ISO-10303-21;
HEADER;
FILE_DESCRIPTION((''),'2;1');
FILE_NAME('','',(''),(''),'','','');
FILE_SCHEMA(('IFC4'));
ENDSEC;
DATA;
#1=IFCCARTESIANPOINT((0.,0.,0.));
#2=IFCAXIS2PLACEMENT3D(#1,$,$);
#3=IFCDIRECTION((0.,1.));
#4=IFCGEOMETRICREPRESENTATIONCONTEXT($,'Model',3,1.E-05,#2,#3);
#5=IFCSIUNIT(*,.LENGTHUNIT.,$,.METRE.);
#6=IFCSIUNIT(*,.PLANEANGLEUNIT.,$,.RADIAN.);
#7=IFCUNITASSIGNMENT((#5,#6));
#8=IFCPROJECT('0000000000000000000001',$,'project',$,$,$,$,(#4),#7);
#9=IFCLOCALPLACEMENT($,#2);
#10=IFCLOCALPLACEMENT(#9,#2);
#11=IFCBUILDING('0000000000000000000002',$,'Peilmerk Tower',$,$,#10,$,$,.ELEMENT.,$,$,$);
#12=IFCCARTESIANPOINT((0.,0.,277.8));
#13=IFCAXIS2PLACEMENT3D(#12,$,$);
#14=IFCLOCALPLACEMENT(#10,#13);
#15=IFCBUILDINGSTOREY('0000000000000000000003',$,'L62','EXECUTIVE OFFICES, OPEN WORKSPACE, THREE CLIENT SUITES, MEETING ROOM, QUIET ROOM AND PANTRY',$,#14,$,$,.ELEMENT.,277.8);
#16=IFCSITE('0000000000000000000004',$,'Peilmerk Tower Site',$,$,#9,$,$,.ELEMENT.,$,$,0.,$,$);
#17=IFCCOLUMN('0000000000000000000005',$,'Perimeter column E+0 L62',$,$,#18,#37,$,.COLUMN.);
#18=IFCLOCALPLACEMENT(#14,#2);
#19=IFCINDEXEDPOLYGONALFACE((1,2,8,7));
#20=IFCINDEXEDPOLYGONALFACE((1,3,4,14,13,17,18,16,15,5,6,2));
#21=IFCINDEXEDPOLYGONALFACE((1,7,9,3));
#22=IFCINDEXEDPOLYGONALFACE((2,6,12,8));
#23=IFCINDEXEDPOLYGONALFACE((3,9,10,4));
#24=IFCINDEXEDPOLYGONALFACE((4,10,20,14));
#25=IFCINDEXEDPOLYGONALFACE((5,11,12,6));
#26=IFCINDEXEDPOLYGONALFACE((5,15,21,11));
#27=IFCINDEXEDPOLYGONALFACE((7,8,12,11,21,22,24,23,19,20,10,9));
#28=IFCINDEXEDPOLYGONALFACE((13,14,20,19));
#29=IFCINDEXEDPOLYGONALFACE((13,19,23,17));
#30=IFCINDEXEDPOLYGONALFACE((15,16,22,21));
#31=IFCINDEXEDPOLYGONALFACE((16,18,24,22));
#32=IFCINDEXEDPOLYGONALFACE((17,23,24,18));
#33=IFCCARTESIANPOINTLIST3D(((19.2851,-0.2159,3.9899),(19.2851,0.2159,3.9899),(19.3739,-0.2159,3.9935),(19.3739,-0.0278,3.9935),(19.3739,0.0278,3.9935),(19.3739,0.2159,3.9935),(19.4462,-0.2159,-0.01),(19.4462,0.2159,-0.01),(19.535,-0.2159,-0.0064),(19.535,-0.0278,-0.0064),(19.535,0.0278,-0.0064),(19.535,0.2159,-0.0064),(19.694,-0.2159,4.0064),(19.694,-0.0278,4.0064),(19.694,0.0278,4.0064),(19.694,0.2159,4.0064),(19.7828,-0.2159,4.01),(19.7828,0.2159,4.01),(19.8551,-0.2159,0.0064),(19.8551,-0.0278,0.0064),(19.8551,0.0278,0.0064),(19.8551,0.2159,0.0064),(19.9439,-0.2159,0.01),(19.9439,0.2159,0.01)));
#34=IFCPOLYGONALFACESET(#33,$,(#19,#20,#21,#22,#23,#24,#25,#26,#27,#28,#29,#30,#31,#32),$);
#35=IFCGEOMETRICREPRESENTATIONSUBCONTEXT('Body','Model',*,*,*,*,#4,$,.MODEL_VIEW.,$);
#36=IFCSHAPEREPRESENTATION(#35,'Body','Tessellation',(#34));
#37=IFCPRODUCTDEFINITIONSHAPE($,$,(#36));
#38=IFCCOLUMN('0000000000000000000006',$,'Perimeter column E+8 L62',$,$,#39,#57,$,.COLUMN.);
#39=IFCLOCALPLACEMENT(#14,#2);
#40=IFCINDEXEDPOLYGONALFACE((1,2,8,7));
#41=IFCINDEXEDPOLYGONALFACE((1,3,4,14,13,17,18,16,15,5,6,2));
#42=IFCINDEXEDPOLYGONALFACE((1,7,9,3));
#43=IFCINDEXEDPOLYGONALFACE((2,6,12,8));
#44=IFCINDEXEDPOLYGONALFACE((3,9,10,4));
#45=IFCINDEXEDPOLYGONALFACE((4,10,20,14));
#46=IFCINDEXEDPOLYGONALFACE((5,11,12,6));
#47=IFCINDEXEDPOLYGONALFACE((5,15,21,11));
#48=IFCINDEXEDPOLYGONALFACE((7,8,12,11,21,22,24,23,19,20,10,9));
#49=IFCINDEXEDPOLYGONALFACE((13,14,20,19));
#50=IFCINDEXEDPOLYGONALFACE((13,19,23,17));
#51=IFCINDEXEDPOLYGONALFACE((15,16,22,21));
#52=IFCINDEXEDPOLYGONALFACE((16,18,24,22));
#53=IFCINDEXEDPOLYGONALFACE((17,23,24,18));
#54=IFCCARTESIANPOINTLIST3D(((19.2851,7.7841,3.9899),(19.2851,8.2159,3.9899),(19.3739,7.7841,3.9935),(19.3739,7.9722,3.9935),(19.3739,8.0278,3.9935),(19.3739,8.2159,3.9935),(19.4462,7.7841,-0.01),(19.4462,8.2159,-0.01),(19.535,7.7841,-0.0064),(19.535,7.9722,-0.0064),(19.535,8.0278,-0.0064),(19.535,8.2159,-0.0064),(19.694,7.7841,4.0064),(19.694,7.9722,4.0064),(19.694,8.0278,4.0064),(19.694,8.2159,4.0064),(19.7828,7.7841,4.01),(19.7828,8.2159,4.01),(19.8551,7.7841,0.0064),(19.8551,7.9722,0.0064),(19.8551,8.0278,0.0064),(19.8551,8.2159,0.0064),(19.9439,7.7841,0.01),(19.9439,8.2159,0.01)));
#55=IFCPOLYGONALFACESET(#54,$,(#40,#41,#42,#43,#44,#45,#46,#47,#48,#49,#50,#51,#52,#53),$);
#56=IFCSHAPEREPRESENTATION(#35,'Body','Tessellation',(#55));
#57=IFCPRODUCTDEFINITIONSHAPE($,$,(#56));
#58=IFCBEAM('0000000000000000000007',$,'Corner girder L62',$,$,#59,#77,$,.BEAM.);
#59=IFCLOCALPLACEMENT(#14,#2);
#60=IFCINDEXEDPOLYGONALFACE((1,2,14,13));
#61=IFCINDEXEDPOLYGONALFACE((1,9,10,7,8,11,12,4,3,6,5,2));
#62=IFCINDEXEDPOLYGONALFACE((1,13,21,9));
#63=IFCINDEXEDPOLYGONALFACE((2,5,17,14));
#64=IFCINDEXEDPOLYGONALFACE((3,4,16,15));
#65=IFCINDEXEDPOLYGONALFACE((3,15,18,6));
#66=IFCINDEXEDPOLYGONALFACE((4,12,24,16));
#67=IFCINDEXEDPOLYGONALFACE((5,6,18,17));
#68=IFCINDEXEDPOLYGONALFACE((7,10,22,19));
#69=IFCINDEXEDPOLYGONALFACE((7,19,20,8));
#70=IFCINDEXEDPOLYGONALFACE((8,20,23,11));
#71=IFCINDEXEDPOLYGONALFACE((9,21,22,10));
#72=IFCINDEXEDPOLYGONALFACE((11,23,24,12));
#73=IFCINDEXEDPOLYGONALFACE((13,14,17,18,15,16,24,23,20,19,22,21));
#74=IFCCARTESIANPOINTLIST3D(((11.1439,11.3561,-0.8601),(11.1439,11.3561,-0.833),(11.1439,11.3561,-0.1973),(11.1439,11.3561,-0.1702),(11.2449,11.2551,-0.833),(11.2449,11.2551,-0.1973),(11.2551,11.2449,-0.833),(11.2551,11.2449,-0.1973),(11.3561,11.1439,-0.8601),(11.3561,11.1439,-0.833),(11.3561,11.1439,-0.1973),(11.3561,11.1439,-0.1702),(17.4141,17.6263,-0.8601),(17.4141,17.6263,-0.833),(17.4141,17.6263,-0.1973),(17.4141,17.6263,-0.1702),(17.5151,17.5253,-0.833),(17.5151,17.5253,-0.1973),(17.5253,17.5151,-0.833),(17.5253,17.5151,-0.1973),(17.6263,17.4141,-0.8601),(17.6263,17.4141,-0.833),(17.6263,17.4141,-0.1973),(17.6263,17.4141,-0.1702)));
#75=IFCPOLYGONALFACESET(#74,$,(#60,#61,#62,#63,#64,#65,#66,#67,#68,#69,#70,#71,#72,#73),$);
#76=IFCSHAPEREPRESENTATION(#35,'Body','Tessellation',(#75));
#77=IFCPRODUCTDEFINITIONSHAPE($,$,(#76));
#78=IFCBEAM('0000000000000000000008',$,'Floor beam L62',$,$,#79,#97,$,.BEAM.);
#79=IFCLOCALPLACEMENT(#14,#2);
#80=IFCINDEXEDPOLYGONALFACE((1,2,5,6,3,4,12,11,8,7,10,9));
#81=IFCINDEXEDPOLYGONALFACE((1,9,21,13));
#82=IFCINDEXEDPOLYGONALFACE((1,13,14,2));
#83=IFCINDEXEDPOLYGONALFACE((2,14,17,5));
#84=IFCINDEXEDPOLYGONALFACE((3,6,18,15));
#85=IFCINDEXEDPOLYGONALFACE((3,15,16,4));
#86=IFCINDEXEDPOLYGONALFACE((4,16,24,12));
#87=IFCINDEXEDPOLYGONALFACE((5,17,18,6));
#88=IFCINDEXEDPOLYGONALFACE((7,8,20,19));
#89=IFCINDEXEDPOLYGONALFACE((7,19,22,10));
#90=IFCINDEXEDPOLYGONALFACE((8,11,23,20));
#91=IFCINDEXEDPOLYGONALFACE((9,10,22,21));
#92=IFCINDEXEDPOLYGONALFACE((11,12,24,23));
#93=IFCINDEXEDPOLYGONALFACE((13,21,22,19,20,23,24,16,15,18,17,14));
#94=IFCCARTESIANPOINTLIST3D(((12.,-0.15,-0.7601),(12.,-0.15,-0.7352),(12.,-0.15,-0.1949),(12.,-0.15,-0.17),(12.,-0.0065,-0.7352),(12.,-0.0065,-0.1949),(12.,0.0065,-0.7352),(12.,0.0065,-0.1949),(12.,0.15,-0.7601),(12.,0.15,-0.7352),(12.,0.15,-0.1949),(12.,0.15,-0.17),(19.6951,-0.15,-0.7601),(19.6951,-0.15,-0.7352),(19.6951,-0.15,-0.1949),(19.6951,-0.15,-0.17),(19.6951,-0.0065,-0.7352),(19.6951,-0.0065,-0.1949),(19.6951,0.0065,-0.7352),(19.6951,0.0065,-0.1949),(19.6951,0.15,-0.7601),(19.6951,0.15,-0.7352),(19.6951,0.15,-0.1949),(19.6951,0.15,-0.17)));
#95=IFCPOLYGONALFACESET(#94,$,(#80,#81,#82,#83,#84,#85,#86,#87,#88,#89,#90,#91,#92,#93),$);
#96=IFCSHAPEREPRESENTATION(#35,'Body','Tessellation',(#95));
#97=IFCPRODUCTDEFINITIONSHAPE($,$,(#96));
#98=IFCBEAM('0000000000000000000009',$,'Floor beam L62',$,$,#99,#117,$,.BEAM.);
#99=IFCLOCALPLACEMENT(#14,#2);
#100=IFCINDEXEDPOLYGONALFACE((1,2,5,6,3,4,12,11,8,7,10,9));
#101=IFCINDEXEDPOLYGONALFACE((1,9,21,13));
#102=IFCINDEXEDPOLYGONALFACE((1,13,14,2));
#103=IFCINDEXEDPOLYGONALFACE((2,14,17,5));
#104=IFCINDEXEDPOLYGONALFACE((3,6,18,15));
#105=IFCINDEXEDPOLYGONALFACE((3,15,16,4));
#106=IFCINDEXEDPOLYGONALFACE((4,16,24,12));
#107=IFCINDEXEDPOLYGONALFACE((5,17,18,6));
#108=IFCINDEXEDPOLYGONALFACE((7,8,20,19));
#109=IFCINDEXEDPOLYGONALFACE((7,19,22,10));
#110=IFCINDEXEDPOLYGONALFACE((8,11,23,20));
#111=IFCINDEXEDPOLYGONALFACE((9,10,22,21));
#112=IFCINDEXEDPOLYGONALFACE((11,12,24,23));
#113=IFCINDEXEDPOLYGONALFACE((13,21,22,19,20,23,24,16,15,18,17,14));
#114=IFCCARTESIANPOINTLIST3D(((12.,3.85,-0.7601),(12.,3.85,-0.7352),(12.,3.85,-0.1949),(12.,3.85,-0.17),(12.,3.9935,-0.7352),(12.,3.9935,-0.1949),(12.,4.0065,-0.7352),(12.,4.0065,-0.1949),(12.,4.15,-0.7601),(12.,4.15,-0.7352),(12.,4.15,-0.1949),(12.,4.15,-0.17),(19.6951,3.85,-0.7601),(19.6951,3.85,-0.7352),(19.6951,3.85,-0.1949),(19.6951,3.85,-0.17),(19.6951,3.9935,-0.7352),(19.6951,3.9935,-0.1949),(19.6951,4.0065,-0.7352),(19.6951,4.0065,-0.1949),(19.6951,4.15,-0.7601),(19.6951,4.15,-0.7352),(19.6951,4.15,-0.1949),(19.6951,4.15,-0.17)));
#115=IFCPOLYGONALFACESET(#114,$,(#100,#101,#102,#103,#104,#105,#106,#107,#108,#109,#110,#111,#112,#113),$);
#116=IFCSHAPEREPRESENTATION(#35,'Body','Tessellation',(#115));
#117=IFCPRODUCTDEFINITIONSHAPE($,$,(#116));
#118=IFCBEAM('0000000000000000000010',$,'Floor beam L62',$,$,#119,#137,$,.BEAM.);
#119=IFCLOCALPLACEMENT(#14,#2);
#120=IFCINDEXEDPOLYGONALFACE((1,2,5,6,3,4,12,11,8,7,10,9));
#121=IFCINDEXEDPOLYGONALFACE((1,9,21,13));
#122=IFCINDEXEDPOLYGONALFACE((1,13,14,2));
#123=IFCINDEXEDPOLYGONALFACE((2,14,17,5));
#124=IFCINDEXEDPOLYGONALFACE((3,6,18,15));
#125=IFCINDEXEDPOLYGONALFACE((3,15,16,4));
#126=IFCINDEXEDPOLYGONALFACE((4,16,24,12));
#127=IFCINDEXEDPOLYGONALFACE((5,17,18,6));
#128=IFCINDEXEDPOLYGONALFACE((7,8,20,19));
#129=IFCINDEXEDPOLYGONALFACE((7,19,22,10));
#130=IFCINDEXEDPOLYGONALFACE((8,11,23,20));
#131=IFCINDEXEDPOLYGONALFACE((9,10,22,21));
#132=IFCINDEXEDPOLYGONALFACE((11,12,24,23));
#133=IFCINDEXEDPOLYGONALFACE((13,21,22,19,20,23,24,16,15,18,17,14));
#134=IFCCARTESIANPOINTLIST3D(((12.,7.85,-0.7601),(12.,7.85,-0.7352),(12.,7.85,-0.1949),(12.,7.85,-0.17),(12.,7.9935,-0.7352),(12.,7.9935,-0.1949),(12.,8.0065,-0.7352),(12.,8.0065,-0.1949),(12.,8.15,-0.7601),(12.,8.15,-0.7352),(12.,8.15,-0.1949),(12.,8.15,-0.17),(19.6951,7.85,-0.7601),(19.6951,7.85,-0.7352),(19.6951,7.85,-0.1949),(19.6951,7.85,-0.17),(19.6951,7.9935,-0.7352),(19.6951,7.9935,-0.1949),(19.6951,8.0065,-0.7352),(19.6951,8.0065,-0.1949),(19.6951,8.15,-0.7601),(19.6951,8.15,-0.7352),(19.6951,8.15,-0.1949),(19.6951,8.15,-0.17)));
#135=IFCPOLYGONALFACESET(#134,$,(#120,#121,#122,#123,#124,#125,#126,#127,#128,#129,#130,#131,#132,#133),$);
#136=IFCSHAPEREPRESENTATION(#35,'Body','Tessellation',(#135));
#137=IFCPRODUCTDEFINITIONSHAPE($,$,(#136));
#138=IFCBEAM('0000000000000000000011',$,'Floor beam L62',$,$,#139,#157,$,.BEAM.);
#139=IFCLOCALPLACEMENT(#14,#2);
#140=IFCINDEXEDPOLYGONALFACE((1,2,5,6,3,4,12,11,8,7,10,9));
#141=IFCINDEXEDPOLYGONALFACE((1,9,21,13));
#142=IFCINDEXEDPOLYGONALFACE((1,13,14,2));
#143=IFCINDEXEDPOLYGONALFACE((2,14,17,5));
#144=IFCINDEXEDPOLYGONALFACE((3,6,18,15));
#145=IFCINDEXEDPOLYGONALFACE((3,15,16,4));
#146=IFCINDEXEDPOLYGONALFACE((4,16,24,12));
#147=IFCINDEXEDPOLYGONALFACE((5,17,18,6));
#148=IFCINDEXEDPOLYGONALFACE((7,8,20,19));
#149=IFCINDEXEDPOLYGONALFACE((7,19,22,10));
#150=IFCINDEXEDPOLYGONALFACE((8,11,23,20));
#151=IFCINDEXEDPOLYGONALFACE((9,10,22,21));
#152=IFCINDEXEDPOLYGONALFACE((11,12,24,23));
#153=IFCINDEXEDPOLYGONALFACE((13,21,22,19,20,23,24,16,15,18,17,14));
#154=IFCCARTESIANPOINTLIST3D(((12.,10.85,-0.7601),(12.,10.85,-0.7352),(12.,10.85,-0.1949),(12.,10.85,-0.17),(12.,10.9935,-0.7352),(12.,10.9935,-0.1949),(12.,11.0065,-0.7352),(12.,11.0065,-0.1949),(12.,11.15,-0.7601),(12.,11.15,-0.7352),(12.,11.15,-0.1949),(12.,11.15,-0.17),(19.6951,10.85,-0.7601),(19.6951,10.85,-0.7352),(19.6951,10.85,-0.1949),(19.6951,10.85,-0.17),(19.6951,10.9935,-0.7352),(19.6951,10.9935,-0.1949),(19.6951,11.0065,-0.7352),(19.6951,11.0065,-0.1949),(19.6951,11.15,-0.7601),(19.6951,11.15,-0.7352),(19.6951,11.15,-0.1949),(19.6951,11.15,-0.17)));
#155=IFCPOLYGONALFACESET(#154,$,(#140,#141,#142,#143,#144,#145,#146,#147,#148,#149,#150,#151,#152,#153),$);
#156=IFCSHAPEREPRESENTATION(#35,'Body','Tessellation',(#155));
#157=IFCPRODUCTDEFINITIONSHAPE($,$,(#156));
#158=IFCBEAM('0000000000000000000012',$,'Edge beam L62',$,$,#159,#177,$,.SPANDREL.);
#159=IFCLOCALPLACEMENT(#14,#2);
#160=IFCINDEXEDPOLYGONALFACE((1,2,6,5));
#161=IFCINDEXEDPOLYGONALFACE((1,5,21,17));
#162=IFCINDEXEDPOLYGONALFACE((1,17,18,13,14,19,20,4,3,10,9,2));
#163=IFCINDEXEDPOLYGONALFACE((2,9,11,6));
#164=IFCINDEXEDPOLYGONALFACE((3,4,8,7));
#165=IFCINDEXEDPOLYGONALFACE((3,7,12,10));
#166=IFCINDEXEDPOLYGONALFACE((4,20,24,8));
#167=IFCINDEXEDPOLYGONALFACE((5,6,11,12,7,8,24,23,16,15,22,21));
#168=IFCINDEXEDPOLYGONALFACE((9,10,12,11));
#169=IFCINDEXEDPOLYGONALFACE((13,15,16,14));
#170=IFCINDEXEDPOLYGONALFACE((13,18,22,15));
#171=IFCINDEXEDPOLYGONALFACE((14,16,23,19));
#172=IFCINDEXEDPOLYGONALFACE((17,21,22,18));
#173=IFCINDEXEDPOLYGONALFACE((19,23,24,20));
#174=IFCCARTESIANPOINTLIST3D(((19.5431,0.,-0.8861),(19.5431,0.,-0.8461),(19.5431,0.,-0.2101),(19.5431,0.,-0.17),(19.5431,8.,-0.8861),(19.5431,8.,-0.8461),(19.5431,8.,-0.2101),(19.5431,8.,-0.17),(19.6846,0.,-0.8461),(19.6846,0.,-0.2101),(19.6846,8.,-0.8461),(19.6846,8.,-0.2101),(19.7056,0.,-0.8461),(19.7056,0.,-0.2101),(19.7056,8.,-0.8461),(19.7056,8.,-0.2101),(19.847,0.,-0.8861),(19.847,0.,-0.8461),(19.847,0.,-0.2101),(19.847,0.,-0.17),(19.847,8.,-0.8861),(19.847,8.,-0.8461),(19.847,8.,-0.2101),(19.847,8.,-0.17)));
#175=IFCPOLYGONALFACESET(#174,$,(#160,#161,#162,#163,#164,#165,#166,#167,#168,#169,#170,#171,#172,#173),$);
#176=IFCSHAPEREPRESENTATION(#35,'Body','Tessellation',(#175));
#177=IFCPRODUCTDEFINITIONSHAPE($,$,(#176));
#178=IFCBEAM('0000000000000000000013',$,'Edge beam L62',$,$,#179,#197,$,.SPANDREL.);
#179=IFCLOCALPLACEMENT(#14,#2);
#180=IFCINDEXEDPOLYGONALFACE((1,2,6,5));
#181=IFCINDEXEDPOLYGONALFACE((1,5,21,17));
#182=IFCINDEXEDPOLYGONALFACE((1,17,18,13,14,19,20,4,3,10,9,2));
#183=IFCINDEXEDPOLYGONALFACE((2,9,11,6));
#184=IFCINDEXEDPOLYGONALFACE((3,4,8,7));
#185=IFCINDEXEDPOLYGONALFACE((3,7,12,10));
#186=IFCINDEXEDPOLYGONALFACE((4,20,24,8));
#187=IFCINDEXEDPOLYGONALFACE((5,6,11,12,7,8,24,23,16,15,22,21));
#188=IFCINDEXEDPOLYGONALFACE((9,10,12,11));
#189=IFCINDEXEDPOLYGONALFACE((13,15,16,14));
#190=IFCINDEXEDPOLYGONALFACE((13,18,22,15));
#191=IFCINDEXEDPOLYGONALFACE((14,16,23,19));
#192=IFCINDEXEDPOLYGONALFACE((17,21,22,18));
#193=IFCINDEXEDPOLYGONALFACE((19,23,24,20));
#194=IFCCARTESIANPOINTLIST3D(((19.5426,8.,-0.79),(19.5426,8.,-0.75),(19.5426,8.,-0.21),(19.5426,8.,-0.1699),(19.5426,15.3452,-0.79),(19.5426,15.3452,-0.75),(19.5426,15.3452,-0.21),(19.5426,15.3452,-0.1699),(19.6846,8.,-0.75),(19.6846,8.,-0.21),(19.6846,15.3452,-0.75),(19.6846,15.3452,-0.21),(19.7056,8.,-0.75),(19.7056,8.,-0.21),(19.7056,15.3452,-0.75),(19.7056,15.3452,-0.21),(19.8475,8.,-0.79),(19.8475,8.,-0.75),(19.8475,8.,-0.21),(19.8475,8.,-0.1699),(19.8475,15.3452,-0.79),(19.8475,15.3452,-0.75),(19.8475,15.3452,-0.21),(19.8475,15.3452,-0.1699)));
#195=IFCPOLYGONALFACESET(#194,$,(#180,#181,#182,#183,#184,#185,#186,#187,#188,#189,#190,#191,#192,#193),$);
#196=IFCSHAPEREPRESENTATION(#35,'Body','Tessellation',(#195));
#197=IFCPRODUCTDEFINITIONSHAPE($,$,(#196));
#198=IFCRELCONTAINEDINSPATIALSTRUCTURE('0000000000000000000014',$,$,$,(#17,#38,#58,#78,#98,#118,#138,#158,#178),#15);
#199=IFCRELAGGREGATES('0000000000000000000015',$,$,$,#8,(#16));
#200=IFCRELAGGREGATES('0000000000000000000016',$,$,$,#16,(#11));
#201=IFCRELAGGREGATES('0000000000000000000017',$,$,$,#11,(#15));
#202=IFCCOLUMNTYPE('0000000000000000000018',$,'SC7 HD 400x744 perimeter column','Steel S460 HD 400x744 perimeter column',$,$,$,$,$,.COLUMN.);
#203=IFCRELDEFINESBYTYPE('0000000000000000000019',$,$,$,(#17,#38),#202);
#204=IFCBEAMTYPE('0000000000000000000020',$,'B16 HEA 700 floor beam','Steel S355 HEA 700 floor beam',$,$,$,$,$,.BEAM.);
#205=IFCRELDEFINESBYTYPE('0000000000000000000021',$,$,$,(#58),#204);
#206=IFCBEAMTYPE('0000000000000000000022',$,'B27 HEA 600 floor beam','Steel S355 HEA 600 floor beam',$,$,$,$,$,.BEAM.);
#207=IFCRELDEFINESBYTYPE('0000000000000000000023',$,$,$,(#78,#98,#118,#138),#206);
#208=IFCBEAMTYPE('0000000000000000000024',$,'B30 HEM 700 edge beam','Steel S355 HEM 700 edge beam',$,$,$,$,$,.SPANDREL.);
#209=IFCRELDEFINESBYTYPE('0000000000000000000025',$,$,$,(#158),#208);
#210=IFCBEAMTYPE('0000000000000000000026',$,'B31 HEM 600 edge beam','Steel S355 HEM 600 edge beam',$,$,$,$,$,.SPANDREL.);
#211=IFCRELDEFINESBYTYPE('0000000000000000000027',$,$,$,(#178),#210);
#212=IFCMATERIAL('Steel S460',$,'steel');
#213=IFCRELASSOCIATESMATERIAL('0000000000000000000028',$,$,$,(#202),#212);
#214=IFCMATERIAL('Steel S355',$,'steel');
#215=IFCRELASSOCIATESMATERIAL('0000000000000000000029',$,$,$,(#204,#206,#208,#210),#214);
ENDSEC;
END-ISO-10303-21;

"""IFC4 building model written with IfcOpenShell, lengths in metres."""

from ifc_helpers import new_model, si_unit, direction, frame, origin, origin_2d, place, context, subcontext, project, spatial, i_section, extrude, material, material_profile, profile_set, type_object, element, save


model = new_model("IFC4")

# Units and contexts
model_context = context("Model", 3, precision=1e-05, world=origin(), true_north=direction((0.0, 1.0)))
body_context = subcontext(model_context, "Body", "Model", "MODEL_VIEW")
ifc_project = project(units=[si_unit("LENGTHUNIT", "METRE"), si_unit("PLANEANGLEUNIT", "RADIAN")], contexts=[model_context])

# Site, building, storey
site_placement = place(None, origin())
site = spatial("IfcSite", under=ifc_project, at=site_placement, Name="Peilmerk Tower Site", CompositionType="ELEMENT", RefElevation=0.0)
building_placement = place(site_placement, origin())
building = spatial("IfcBuilding", under=site, at=building_placement, Name="Peilmerk Tower", CompositionType="ELEMENT")
storey_placement = place(building_placement, frame((0.0, 0.0, 277.8)))
storey = spatial("IfcBuildingStorey", under=building, at=storey_placement, Name="L62", Description="EXECUTIVE OFFICES, OPEN WORKSPACE, THREE CLIENT SUITES, MEETING ROOM, QUIET ROOM AND PANTRY", CompositionType="ELEMENT", Elevation=277.8)

# Columns
ifc_material_1 = material(Name="Steel S460", Category="steel")
ifc_material_profile_1 = material_profile(ifc_material_1, i_section(OverallWidth=0.4319, OverallDepth=0.498, WebThickness=0.0557, FlangeThickness=0.0889, at=origin_2d()), Name="HD 400x744")
ifc_profile_set_1 = profile_set([ifc_material_profile_1], Name="Steel S460")
column_type = type_object("IfcColumnType", Name="SC7 HD 400x744 perimeter column", Description="Steel S460 HD 400x744 perimeter column", PredefinedType="COLUMN", material=ifc_profile_set_1)
for number, where, z_axis, x_axis, name in (
    (1, (19.6951, 0.0, 0.0), (-0.040251, 0.0, 0.99919), (0.0, -1.0, 0.0), "Perimeter column E+0 L62"),
    (2, (19.6951, 8.0, 0.0), (-0.040251, 0.0, 0.99919), (0.0, -1.0, 0.0), "Perimeter column E+8 L62"),
):
    element("IfcColumn", number, at=place(storey_placement, frame(where, z_axis=z_axis, x_axis=x_axis)), inside=storey, type_object=column_type, Name=name, PredefinedType="COLUMN", context=body_context, shape_type="SweptSolid", body=[
        extrude(i_section(OverallWidth=0.4319, OverallDepth=0.498, WebThickness=0.0557, FlangeThickness=0.0889, at=origin_2d()), origin(), (0.0, 0.0, 1.0), 4.0032),
    ])

# Beams
ifc_material_2 = material(Name="Steel S355", Category="steel")
ifc_material_profile_2 = material_profile(ifc_material_2, i_section(OverallWidth=0.3, OverallDepth=0.6899, WebThickness=0.0144, FlangeThickness=0.0271, at=origin_2d()), Name="HEA 700")
ifc_profile_set_2 = profile_set([ifc_material_profile_2], Name="Steel S355")
beam_type_1 = type_object("IfcBeamType", Name="B16 HEA 700 floor beam", Description="Steel S355 HEA 700 floor beam", PredefinedType="BEAM", material=ifc_profile_set_2)
beam_1_placement = place(storey_placement, frame((11.25, 11.25, -0.5151), z_axis=(0.707107, 0.707107, 0.0), x_axis=(-0.707107, 0.707107, 0.0)))
element("IfcBeam", 3, at=beam_1_placement, inside=storey, type_object=beam_type_1, Name="Corner girder L62", PredefinedType="BEAM", context=body_context, shape_type="SweptSolid", body=[
    extrude(i_section(OverallWidth=0.3, OverallDepth=0.6899, WebThickness=0.0144, FlangeThickness=0.0271, at=origin_2d()), origin(), (0.0, 0.0, 1.0), 8.8674),
])
ifc_material_profile_3 = material_profile(ifc_material_2, i_section(OverallWidth=0.3, OverallDepth=0.5901, WebThickness=0.0129, FlangeThickness=0.0249, at=origin_2d()), Name="HEA 600")
ifc_profile_set_3 = profile_set([ifc_material_profile_3], Name="Steel S355")
beam_type_2 = type_object("IfcBeamType", Name="B27 HEA 600 floor beam", Description="Steel S355 HEA 600 floor beam", PredefinedType="BEAM", material=ifc_profile_set_3)
for number, where, z_axis, x_axis, name in (
    (4, (12.0, 0.0, -0.4651), (1.0, 0.0, 0.0), (0.0, 1.0, 0.0), "Floor beam L62"),
    (5, (12.0, 4.0, -0.4651), (1.0, 0.0, 0.0), (0.0, 1.0, 0.0), "Floor beam L62"),
    (6, (12.0, 8.0, -0.4651), (1.0, 0.0, 0.0), (0.0, 1.0, 0.0), "Floor beam L62"),
    (7, (12.0, 11.0, -0.4651), (1.0, 0.0, 0.0), (0.0, 1.0, 0.0), "Floor beam L62"),
):
    element("IfcBeam", number, at=place(storey_placement, frame(where, z_axis=z_axis, x_axis=x_axis)), inside=storey, type_object=beam_type_2, Name=name, PredefinedType="BEAM", context=body_context, shape_type="SweptSolid", body=[
        extrude(i_section(OverallWidth=0.3, OverallDepth=0.5901, WebThickness=0.0129, FlangeThickness=0.0249, at=origin_2d()), origin(), (0.0, 0.0, 1.0), 7.6951),
    ])
ifc_material_profile_4 = material_profile(ifc_material_2, i_section(OverallWidth=0.304, OverallDepth=0.7161, WebThickness=0.021, FlangeThickness=0.04, at=origin_2d()), Name="HEM 700")
ifc_profile_set_4 = profile_set([ifc_material_profile_4], Name="Steel S355")
beam_type_3 = type_object("IfcBeamType", Name="B30 HEM 700 edge beam", Description="Steel S355 HEM 700 edge beam", PredefinedType="SPANDREL", material=ifc_profile_set_4)
beam_2_placement = place(storey_placement, frame((19.6951, 0.0, -0.5281), z_axis=(0.0, 1.0, 0.0), x_axis=(-1.0, 0.0, 0.0)))
element("IfcBeam", 8, at=beam_2_placement, inside=storey, type_object=beam_type_3, Name="Edge beam L62", PredefinedType="SPANDREL", context=body_context, shape_type="SweptSolid", body=[
    extrude(i_section(OverallWidth=0.304, OverallDepth=0.7161, WebThickness=0.021, FlangeThickness=0.04, at=origin_2d()), origin(), (0.0, 0.0, 1.0), 8.0),
])
ifc_material_profile_5 = material_profile(ifc_material_2, i_section(OverallWidth=0.3049, OverallDepth=0.6201, WebThickness=0.021, FlangeThickness=0.04, at=origin_2d()), Name="HEM 600")
ifc_profile_set_5 = profile_set([ifc_material_profile_5], Name="Steel S355")
beam_type_4 = type_object("IfcBeamType", Name="B31 HEM 600 edge beam", Description="Steel S355 HEM 600 edge beam", PredefinedType="SPANDREL", material=ifc_profile_set_5)
beam_3_placement = place(storey_placement, frame((19.6951, 8.0, -0.48), z_axis=(0.0, 1.0, 0.0), x_axis=(-1.0, 0.0, 0.0)))
element("IfcBeam", 9, at=beam_3_placement, inside=storey, type_object=beam_type_4, Name="Edge beam L62", PredefinedType="SPANDREL", context=body_context, shape_type="SweptSolid", body=[
    extrude(i_section(OverallWidth=0.3049, OverallDepth=0.6201, WebThickness=0.021, FlangeThickness=0.04, at=origin_2d()), origin(), (0.0, 0.0, 1.0), 7.3452),
])

save(model, "model.ifc")
